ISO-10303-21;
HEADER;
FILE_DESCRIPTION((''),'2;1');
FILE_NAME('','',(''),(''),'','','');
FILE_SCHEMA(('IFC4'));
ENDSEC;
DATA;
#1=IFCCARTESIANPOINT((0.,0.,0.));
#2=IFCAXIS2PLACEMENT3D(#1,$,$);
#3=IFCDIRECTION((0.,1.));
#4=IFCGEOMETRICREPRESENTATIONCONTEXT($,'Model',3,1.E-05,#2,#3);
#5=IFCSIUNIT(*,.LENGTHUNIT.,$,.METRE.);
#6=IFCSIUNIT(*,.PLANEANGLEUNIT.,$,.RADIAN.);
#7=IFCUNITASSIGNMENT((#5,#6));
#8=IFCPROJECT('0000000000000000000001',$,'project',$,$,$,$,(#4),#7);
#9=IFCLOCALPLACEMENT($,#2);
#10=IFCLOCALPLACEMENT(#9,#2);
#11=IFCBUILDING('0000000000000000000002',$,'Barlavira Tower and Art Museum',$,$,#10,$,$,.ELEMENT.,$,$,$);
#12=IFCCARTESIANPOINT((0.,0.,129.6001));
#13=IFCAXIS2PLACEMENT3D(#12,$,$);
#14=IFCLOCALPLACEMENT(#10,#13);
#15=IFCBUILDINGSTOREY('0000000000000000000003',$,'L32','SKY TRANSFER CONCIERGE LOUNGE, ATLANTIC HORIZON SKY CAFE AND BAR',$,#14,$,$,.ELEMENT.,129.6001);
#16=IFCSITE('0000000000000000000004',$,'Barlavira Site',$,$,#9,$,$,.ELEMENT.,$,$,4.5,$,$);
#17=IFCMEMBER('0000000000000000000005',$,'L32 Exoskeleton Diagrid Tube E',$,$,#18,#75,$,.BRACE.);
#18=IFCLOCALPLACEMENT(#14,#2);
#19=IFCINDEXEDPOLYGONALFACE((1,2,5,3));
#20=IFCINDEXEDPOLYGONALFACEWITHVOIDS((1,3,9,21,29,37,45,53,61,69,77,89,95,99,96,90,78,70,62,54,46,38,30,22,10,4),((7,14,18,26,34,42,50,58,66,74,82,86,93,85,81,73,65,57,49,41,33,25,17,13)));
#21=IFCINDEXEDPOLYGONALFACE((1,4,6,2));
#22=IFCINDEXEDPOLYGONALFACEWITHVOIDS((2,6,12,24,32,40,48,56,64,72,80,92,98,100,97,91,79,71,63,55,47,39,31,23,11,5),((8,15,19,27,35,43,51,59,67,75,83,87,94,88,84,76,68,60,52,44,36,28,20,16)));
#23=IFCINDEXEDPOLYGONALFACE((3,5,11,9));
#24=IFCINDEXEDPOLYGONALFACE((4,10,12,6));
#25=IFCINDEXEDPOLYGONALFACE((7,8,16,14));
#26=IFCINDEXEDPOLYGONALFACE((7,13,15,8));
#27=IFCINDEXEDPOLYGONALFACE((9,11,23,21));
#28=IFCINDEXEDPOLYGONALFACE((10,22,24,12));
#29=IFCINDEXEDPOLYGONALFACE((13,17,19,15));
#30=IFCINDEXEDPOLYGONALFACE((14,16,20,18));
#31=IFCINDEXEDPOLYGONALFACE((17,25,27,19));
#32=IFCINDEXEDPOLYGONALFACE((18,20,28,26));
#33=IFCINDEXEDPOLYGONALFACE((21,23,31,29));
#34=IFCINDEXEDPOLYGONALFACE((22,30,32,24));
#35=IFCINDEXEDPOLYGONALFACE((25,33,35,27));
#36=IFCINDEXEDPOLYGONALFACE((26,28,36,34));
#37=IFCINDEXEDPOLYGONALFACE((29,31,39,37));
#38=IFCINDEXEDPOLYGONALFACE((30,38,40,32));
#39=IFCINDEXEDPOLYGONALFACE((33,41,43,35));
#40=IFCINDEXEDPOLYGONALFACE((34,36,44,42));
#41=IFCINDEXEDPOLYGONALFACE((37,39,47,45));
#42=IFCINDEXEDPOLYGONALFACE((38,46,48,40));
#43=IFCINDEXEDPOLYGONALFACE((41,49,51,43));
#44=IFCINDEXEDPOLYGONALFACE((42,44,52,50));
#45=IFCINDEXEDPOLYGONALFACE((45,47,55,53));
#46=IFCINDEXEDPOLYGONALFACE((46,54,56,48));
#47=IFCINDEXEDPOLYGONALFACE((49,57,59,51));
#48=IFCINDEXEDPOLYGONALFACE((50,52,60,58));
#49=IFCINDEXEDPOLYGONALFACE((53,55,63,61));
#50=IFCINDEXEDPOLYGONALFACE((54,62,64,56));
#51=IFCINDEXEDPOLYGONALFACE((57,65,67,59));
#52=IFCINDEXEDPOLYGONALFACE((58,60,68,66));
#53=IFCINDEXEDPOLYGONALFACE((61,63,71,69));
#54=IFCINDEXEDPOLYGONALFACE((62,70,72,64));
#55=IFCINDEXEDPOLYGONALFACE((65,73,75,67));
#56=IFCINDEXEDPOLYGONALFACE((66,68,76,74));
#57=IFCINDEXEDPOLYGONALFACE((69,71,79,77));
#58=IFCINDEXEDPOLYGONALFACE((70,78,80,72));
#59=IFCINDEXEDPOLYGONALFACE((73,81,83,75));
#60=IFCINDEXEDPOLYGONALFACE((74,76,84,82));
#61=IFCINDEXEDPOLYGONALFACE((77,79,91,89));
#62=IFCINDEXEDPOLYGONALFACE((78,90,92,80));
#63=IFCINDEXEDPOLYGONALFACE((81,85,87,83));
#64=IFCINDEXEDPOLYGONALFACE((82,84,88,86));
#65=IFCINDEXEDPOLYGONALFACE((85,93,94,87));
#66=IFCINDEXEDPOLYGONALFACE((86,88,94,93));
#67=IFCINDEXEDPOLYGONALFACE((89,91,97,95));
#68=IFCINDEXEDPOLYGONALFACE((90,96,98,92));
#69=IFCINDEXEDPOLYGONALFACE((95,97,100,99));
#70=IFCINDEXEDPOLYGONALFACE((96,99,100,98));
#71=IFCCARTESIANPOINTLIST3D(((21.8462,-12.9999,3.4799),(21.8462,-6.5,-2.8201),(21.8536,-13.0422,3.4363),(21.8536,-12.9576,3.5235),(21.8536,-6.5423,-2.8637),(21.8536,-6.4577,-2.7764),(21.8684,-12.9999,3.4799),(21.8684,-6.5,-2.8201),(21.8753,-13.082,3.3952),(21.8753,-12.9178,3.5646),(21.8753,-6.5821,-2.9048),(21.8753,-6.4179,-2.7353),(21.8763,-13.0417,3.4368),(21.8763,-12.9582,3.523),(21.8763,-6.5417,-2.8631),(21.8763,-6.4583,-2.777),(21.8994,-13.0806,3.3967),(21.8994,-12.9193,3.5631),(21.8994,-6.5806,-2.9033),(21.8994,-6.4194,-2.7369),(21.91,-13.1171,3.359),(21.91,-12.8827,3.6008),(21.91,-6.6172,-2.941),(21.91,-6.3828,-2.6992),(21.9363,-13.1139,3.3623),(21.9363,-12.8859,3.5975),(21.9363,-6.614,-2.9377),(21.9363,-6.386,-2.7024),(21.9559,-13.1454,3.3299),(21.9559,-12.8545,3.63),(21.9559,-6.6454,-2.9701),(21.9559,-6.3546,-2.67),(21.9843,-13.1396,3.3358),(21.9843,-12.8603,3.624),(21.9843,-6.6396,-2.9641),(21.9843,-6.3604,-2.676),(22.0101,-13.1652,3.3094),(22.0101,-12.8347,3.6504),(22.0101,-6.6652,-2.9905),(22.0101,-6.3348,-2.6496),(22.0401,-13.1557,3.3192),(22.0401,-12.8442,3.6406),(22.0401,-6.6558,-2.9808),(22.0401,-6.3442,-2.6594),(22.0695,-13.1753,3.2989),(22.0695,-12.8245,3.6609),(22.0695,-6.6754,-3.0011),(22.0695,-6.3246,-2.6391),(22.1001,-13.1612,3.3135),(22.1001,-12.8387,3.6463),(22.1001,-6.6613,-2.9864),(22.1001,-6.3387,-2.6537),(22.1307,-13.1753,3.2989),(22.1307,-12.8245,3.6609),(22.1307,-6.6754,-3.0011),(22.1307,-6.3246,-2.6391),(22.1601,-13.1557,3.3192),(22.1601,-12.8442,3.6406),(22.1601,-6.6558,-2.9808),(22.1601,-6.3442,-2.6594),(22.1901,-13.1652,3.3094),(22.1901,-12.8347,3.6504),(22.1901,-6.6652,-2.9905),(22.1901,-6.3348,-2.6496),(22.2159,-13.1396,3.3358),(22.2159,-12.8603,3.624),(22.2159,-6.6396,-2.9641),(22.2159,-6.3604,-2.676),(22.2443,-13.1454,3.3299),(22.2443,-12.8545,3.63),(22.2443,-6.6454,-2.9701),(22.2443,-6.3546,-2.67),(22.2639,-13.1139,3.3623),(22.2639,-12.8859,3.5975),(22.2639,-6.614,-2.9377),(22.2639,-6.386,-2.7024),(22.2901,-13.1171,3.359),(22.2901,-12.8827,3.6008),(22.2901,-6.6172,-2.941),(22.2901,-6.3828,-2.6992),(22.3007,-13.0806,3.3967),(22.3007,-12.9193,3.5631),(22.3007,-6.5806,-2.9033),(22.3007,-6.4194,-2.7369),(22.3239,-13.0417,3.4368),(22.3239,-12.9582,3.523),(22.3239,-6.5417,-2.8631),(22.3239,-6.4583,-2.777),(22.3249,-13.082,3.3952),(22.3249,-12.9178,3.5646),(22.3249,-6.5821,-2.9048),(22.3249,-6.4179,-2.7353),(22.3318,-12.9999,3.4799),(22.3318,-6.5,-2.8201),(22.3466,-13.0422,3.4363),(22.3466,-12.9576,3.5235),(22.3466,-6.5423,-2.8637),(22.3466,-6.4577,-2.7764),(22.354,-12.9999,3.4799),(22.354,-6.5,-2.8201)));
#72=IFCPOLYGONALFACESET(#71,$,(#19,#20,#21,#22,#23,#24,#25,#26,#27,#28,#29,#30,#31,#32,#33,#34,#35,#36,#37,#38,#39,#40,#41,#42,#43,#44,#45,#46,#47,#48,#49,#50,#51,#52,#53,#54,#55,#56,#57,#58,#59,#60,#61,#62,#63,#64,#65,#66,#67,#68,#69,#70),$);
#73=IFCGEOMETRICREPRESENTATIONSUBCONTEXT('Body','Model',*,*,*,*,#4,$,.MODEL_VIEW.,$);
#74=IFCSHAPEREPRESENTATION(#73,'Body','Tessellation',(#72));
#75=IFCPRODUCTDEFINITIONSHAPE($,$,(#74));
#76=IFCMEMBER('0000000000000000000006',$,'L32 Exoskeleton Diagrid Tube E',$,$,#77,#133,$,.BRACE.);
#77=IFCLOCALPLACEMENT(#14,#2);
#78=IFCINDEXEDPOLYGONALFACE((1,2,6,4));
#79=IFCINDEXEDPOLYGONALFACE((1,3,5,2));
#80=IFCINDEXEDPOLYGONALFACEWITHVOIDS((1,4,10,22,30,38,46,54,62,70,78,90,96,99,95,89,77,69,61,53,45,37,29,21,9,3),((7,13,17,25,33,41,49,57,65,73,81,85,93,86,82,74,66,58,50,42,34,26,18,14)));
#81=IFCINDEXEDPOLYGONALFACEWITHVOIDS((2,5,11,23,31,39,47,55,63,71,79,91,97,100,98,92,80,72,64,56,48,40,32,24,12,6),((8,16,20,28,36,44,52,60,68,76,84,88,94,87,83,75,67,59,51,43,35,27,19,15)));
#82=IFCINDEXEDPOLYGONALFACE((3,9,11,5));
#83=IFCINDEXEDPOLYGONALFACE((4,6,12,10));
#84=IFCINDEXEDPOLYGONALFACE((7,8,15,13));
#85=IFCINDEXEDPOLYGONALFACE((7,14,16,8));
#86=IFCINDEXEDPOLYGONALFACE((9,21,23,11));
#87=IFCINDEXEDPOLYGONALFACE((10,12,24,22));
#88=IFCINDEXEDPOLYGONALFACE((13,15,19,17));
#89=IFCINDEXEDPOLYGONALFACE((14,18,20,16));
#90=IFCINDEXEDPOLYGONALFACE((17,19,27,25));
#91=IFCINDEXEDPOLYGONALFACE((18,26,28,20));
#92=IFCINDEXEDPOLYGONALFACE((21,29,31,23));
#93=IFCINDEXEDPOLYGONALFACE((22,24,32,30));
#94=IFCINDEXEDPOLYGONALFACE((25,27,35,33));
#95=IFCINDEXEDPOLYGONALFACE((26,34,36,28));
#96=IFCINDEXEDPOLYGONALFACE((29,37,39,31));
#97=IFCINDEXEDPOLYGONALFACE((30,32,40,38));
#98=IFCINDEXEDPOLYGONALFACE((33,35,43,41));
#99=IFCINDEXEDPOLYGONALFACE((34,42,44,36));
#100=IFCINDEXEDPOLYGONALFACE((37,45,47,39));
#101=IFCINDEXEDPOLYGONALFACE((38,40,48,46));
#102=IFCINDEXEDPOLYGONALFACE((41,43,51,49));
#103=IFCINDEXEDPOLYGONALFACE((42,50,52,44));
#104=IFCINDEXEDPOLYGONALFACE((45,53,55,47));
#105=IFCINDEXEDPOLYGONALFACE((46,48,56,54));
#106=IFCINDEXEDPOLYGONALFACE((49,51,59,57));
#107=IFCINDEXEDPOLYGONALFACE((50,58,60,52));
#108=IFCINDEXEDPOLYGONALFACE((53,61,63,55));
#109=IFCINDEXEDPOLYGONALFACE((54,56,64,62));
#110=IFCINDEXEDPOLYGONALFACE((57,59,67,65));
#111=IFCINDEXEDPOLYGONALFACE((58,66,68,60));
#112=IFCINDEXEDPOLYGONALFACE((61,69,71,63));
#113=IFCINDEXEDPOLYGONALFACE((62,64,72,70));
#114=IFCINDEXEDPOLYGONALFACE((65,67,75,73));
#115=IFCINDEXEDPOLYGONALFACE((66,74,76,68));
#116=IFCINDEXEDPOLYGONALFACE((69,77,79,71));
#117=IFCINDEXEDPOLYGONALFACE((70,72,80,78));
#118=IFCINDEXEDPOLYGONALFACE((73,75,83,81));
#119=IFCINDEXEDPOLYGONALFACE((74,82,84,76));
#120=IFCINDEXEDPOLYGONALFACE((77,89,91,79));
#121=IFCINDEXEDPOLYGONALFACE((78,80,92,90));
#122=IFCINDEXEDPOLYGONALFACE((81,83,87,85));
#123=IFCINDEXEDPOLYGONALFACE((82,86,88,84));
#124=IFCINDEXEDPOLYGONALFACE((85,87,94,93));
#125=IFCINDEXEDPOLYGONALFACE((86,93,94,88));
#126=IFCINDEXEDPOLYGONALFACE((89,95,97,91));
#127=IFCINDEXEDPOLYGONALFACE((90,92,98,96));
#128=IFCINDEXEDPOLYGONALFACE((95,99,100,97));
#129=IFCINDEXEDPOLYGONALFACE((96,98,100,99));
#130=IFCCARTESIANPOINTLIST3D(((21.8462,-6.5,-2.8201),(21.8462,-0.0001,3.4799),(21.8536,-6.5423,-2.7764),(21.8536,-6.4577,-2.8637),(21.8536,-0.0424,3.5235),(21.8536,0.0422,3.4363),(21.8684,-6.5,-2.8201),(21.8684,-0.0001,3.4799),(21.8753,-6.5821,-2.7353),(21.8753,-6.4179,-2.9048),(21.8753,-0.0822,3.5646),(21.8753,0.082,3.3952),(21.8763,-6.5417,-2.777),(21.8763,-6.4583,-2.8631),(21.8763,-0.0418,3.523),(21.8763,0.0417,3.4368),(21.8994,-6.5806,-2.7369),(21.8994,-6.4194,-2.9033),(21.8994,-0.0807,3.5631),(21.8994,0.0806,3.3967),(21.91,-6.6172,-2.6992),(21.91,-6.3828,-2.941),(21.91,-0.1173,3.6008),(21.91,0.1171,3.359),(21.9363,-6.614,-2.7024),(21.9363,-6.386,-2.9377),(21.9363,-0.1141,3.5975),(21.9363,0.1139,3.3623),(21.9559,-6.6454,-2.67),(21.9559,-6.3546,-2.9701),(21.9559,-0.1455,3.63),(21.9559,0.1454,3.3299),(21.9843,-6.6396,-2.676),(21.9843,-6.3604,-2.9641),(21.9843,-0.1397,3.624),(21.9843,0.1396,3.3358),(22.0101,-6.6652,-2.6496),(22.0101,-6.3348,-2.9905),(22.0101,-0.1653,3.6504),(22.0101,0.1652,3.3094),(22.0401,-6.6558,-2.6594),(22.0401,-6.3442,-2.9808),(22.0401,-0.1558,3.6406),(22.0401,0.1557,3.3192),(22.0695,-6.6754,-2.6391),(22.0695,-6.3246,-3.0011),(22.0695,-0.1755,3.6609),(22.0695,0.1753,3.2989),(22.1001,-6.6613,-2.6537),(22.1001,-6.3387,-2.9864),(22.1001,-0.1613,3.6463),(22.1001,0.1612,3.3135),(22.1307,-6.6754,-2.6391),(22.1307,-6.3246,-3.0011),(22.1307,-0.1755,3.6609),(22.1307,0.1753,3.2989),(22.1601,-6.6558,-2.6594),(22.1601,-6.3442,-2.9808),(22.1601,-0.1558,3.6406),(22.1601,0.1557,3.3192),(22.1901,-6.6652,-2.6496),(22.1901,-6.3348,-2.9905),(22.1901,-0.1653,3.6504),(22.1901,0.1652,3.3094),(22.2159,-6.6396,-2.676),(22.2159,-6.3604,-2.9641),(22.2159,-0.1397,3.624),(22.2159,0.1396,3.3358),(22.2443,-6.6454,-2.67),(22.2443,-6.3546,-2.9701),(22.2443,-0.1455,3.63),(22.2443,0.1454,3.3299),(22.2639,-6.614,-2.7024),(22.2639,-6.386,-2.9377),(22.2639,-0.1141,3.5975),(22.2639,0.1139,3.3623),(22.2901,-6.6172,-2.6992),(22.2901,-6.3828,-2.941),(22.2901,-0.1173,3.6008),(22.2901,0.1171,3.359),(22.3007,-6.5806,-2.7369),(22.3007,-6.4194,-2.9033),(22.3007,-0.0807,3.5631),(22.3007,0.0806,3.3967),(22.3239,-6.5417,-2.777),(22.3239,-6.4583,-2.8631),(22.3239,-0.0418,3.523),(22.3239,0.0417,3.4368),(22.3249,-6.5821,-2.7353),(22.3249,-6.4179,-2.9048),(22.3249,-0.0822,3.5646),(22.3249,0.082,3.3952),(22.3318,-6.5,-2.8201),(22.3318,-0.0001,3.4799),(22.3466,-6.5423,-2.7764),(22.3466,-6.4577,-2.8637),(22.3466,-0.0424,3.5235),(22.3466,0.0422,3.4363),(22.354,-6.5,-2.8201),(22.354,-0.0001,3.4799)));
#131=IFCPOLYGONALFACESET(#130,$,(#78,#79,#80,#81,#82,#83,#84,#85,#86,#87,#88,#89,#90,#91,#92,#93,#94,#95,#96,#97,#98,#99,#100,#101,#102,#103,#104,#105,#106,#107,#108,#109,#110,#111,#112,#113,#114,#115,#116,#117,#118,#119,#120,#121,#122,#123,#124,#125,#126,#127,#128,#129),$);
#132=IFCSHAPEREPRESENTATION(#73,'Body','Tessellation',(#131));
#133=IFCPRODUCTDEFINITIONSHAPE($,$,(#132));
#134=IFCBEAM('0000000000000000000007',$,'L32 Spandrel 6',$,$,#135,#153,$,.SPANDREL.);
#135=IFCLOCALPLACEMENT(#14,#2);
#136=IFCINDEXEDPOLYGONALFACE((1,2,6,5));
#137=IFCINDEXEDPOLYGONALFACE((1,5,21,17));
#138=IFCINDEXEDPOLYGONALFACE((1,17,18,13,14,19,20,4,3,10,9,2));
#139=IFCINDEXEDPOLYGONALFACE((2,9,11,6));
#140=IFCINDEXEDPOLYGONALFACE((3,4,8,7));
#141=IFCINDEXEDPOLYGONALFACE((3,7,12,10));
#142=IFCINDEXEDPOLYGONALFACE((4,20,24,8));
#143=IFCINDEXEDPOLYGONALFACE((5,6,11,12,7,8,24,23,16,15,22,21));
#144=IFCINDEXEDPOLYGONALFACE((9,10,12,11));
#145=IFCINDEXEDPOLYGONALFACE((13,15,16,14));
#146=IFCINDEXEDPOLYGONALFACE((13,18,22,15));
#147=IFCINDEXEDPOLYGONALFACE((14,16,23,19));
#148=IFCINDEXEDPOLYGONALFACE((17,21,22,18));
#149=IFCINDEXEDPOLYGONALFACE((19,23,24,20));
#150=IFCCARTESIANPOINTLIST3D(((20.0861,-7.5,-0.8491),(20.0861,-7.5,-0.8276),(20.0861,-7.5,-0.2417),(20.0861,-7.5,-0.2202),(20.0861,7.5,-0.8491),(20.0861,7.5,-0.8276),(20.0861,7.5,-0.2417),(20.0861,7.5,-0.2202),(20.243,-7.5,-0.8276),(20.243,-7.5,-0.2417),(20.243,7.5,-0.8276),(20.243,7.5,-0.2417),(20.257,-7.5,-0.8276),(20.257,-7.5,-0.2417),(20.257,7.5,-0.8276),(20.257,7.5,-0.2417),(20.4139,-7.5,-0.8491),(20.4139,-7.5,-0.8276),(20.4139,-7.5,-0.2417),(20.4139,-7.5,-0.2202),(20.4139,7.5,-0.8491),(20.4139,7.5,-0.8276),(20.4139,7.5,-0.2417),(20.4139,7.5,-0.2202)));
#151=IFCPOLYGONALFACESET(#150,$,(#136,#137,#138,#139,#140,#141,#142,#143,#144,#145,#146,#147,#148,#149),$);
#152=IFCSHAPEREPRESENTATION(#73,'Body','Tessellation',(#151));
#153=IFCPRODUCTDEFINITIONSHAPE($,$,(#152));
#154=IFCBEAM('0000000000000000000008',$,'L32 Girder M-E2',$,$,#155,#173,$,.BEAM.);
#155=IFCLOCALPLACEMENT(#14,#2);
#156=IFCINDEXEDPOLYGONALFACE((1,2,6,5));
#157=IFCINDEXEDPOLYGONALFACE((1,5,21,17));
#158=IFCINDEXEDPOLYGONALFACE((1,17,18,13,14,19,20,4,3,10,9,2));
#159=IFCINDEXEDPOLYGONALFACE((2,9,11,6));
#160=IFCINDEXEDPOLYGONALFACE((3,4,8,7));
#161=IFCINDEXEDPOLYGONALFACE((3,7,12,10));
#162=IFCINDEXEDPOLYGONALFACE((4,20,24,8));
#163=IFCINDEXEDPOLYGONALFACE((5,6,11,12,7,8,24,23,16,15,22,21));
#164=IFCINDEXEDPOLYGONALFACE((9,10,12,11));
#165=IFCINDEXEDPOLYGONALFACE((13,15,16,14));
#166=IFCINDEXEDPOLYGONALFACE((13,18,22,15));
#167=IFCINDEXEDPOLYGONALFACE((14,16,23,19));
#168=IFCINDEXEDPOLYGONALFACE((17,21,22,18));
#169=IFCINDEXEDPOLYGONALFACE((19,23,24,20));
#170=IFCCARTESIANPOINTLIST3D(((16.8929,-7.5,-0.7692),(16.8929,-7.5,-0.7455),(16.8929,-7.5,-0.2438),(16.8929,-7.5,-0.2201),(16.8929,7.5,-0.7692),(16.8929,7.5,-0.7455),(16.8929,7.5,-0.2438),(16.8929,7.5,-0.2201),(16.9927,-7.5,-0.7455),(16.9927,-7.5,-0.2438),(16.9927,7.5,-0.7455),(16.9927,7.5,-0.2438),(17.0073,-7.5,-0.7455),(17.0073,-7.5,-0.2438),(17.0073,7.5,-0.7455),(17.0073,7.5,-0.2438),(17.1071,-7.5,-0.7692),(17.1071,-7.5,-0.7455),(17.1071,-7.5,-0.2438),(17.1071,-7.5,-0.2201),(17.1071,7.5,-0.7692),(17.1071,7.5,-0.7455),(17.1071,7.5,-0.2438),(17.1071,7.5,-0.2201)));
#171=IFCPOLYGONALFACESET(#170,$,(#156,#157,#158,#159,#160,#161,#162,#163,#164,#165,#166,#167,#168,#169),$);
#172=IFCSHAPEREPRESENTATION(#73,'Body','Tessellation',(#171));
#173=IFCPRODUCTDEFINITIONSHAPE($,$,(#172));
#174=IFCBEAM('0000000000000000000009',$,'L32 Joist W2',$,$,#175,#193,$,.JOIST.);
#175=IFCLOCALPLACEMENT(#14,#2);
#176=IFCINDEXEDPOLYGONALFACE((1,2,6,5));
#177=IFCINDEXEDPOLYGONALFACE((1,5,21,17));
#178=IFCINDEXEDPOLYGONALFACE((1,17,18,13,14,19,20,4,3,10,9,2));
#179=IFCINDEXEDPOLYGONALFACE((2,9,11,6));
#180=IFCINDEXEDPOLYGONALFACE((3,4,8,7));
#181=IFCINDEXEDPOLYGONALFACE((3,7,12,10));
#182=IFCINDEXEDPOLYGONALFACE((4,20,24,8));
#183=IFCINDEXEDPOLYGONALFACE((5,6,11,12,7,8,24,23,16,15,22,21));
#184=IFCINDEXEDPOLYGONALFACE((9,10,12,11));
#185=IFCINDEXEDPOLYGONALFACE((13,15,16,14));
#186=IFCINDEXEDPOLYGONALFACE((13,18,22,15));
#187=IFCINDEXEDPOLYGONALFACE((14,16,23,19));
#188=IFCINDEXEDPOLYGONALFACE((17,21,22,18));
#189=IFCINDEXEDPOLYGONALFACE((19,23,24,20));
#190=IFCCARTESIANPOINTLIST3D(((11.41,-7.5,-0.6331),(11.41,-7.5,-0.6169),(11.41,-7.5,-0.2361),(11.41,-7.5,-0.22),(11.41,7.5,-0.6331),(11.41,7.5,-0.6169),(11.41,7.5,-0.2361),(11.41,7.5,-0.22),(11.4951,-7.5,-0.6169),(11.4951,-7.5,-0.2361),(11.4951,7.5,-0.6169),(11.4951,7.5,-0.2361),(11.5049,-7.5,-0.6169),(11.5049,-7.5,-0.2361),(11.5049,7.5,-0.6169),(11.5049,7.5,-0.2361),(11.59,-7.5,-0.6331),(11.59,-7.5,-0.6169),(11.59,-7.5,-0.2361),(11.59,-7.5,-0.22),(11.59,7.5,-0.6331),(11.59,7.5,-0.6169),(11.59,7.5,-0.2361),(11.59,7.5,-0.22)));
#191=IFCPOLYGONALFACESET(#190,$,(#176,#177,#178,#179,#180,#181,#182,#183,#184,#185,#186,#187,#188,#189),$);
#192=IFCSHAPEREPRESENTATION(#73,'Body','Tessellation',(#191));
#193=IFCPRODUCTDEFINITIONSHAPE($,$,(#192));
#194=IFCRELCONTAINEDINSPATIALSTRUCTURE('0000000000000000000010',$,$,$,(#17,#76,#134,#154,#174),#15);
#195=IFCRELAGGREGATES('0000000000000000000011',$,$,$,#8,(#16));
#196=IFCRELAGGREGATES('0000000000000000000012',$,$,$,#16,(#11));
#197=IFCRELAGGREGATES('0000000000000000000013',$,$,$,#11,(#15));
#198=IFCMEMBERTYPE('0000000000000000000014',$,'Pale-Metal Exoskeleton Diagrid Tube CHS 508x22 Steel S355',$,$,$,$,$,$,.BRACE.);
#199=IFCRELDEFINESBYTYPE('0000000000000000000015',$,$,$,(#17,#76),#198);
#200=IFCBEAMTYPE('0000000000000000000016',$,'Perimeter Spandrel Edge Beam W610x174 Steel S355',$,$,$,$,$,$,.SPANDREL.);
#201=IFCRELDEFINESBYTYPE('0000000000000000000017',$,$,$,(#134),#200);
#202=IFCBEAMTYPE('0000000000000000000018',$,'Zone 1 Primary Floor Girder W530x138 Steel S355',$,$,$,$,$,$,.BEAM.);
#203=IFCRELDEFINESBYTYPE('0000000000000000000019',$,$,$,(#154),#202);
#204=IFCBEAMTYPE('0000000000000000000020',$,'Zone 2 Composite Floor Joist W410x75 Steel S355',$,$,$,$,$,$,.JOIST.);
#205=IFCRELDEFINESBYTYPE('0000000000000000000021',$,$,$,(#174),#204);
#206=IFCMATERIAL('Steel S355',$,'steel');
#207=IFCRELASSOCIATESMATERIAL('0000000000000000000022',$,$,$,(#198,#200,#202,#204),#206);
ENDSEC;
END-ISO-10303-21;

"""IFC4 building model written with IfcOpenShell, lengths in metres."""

from ifc_helpers import new_model, si_unit, direction, frame, origin, origin_2d, place, context, subcontext, project, spatial, hollow_circle, i_section, extrude, material, material_profile, profile_set, type_object, element, save


model = new_model("IFC4")

# Units and contexts
model_context = context("Model", 3, precision=1e-05, world=origin(), true_north=direction((0.0, 1.0)))
body_context = subcontext(model_context, "Body", "Model", "MODEL_VIEW")
ifc_project = project(units=[si_unit("LENGTHUNIT", "METRE"), si_unit("PLANEANGLEUNIT", "RADIAN")], contexts=[model_context])

# Site, building, storey
site_placement = place(None, origin())
site = spatial("IfcSite", under=ifc_project, at=site_placement, Name="Barlavira Site", CompositionType="ELEMENT", RefElevation=4.5)
building_placement = place(site_placement, origin())
building = spatial("IfcBuilding", under=site, at=building_placement, Name="Barlavira Tower and Art Museum", CompositionType="ELEMENT")
storey_placement = place(building_placement, frame((0.0, 0.0, 129.6001)))
storey = spatial("IfcBuildingStorey", under=building, at=storey_placement, Name="L32", Description="SKY TRANSFER CONCIERGE LOUNGE, ATLANTIC HORIZON SKY CAFE AND BAR", CompositionType="ELEMENT", Elevation=129.6001)

# Members
ifc_material_1 = material(Name="Steel S355", Category="steel")
ifc_material_profile_1 = material_profile(ifc_material_1, hollow_circle(Radius=0.2539, WallThickness=0.0222, at=origin_2d()), Name="CHS 508.0x22.2")
ifc_profile_set_1 = profile_set([ifc_material_profile_1], Name="Steel S355")
member_type_1 = type_object("IfcMemberType", Name="Pale-Metal Exoskeleton Diagrid Tube CHS 508x22 Steel S355", PredefinedType="BRACE", material=ifc_profile_set_1)
for number, where, z_axis, x_axis, name in (
    (1, (22.1001, -6.5, -2.8201), (0.0, -0.718065, 0.695976), (1.0, 0.0, 0.0), "L32 Exoskeleton Diagrid Tube E"),
    (2, (22.1001, -6.5, -2.8201), (0.0, 0.718065, 0.695976), (-1.0, 0.0, 0.0), "L32 Exoskeleton Diagrid Tube E"),
):
    element("IfcMember", number, at=place(storey_placement, frame(where, z_axis=z_axis, x_axis=x_axis)), inside=storey, type_object=member_type_1, Name=name, PredefinedType="BRACE", context=body_context, shape_type="SweptSolid", body=[
        extrude(hollow_circle(Radius=0.2539, WallThickness=0.0222, at=origin_2d()), origin(), (0.0, 0.0, 1.0), 9.052),
    ])

# Beams
ifc_material_profile_2 = material_profile(ifc_material_1, i_section(OverallWidth=0.3279, OverallDepth=0.6289, WebThickness=0.0139, FlangeThickness=0.0215, at=origin_2d()), Name="W610x174.0")
ifc_profile_set_2 = profile_set([ifc_material_profile_2], Name="Steel S355")
beam_type_1 = type_object("IfcBeamType", Name="Perimeter Spandrel Edge Beam W610x174 Steel S355", PredefinedType="SPANDREL", material=ifc_profile_set_2)
beam_1_placement = place(storey_placement, frame((20.25, -7.5, -0.5347), z_axis=(0.0, 1.0, 0.0), x_axis=(-1.0, 0.0, 0.0)))
element("IfcBeam", 3, at=beam_1_placement, inside=storey, type_object=beam_type_1, Name="L32 Spandrel 6", PredefinedType="SPANDREL", context=body_context, shape_type="SweptSolid", body=[
    extrude(i_section(OverallWidth=0.3279, OverallDepth=0.6289, WebThickness=0.0139, FlangeThickness=0.0215, at=origin_2d()), origin(), (0.0, 0.0, 1.0), 15.0),
])
ifc_material_profile_3 = material_profile(ifc_material_1, i_section(OverallWidth=0.2141, OverallDepth=0.5491, WebThickness=0.0146, FlangeThickness=0.0237, at=origin_2d()), Name="W530x138.0")
ifc_profile_set_3 = profile_set([ifc_material_profile_3], Name="Steel S355")
beam_type_2 = type_object("IfcBeamType", Name="Zone 1 Primary Floor Girder W530x138 Steel S355", PredefinedType="BEAM", material=ifc_profile_set_3)
beam_2_placement = place(storey_placement, frame((17.0, -7.5, -0.4946), z_axis=(0.0, 1.0, 0.0), x_axis=(-1.0, 0.0, 0.0)))
element("IfcBeam", 4, at=beam_2_placement, inside=storey, type_object=beam_type_2, Name="L32 Girder M-E2", PredefinedType="BEAM", context=body_context, shape_type="SweptSolid", body=[
    extrude(i_section(OverallWidth=0.2141, OverallDepth=0.5491, WebThickness=0.0146, FlangeThickness=0.0237, at=origin_2d()), origin(), (0.0, 0.0, 1.0), 15.0),
])
ifc_material_profile_4 = material_profile(ifc_material_1, i_section(OverallWidth=0.1799, OverallDepth=0.4131, WebThickness=0.0098, FlangeThickness=0.0161, at=origin_2d()), Name="W410x75.0")
ifc_profile_set_4 = profile_set([ifc_material_profile_4], Name="Steel S355")
beam_type_3 = type_object("IfcBeamType", Name="Zone 2 Composite Floor Joist W410x75 Steel S355", PredefinedType="JOIST", material=ifc_profile_set_4)
beam_3_placement = place(storey_placement, frame((11.5, -7.5, -0.4265), z_axis=(0.0, 1.0, 0.0), x_axis=(-1.0, 0.0, 0.0)))
element("IfcBeam", 5, at=beam_3_placement, inside=storey, type_object=beam_type_3, Name="L32 Joist W2", PredefinedType="JOIST", context=body_context, shape_type="SweptSolid", body=[
    extrude(i_section(OverallWidth=0.1799, OverallDepth=0.4131, WebThickness=0.0098, FlangeThickness=0.0161, at=origin_2d()), origin(), (0.0, 0.0, 1.0), 15.0),
])

save(model, "model.ifc")
